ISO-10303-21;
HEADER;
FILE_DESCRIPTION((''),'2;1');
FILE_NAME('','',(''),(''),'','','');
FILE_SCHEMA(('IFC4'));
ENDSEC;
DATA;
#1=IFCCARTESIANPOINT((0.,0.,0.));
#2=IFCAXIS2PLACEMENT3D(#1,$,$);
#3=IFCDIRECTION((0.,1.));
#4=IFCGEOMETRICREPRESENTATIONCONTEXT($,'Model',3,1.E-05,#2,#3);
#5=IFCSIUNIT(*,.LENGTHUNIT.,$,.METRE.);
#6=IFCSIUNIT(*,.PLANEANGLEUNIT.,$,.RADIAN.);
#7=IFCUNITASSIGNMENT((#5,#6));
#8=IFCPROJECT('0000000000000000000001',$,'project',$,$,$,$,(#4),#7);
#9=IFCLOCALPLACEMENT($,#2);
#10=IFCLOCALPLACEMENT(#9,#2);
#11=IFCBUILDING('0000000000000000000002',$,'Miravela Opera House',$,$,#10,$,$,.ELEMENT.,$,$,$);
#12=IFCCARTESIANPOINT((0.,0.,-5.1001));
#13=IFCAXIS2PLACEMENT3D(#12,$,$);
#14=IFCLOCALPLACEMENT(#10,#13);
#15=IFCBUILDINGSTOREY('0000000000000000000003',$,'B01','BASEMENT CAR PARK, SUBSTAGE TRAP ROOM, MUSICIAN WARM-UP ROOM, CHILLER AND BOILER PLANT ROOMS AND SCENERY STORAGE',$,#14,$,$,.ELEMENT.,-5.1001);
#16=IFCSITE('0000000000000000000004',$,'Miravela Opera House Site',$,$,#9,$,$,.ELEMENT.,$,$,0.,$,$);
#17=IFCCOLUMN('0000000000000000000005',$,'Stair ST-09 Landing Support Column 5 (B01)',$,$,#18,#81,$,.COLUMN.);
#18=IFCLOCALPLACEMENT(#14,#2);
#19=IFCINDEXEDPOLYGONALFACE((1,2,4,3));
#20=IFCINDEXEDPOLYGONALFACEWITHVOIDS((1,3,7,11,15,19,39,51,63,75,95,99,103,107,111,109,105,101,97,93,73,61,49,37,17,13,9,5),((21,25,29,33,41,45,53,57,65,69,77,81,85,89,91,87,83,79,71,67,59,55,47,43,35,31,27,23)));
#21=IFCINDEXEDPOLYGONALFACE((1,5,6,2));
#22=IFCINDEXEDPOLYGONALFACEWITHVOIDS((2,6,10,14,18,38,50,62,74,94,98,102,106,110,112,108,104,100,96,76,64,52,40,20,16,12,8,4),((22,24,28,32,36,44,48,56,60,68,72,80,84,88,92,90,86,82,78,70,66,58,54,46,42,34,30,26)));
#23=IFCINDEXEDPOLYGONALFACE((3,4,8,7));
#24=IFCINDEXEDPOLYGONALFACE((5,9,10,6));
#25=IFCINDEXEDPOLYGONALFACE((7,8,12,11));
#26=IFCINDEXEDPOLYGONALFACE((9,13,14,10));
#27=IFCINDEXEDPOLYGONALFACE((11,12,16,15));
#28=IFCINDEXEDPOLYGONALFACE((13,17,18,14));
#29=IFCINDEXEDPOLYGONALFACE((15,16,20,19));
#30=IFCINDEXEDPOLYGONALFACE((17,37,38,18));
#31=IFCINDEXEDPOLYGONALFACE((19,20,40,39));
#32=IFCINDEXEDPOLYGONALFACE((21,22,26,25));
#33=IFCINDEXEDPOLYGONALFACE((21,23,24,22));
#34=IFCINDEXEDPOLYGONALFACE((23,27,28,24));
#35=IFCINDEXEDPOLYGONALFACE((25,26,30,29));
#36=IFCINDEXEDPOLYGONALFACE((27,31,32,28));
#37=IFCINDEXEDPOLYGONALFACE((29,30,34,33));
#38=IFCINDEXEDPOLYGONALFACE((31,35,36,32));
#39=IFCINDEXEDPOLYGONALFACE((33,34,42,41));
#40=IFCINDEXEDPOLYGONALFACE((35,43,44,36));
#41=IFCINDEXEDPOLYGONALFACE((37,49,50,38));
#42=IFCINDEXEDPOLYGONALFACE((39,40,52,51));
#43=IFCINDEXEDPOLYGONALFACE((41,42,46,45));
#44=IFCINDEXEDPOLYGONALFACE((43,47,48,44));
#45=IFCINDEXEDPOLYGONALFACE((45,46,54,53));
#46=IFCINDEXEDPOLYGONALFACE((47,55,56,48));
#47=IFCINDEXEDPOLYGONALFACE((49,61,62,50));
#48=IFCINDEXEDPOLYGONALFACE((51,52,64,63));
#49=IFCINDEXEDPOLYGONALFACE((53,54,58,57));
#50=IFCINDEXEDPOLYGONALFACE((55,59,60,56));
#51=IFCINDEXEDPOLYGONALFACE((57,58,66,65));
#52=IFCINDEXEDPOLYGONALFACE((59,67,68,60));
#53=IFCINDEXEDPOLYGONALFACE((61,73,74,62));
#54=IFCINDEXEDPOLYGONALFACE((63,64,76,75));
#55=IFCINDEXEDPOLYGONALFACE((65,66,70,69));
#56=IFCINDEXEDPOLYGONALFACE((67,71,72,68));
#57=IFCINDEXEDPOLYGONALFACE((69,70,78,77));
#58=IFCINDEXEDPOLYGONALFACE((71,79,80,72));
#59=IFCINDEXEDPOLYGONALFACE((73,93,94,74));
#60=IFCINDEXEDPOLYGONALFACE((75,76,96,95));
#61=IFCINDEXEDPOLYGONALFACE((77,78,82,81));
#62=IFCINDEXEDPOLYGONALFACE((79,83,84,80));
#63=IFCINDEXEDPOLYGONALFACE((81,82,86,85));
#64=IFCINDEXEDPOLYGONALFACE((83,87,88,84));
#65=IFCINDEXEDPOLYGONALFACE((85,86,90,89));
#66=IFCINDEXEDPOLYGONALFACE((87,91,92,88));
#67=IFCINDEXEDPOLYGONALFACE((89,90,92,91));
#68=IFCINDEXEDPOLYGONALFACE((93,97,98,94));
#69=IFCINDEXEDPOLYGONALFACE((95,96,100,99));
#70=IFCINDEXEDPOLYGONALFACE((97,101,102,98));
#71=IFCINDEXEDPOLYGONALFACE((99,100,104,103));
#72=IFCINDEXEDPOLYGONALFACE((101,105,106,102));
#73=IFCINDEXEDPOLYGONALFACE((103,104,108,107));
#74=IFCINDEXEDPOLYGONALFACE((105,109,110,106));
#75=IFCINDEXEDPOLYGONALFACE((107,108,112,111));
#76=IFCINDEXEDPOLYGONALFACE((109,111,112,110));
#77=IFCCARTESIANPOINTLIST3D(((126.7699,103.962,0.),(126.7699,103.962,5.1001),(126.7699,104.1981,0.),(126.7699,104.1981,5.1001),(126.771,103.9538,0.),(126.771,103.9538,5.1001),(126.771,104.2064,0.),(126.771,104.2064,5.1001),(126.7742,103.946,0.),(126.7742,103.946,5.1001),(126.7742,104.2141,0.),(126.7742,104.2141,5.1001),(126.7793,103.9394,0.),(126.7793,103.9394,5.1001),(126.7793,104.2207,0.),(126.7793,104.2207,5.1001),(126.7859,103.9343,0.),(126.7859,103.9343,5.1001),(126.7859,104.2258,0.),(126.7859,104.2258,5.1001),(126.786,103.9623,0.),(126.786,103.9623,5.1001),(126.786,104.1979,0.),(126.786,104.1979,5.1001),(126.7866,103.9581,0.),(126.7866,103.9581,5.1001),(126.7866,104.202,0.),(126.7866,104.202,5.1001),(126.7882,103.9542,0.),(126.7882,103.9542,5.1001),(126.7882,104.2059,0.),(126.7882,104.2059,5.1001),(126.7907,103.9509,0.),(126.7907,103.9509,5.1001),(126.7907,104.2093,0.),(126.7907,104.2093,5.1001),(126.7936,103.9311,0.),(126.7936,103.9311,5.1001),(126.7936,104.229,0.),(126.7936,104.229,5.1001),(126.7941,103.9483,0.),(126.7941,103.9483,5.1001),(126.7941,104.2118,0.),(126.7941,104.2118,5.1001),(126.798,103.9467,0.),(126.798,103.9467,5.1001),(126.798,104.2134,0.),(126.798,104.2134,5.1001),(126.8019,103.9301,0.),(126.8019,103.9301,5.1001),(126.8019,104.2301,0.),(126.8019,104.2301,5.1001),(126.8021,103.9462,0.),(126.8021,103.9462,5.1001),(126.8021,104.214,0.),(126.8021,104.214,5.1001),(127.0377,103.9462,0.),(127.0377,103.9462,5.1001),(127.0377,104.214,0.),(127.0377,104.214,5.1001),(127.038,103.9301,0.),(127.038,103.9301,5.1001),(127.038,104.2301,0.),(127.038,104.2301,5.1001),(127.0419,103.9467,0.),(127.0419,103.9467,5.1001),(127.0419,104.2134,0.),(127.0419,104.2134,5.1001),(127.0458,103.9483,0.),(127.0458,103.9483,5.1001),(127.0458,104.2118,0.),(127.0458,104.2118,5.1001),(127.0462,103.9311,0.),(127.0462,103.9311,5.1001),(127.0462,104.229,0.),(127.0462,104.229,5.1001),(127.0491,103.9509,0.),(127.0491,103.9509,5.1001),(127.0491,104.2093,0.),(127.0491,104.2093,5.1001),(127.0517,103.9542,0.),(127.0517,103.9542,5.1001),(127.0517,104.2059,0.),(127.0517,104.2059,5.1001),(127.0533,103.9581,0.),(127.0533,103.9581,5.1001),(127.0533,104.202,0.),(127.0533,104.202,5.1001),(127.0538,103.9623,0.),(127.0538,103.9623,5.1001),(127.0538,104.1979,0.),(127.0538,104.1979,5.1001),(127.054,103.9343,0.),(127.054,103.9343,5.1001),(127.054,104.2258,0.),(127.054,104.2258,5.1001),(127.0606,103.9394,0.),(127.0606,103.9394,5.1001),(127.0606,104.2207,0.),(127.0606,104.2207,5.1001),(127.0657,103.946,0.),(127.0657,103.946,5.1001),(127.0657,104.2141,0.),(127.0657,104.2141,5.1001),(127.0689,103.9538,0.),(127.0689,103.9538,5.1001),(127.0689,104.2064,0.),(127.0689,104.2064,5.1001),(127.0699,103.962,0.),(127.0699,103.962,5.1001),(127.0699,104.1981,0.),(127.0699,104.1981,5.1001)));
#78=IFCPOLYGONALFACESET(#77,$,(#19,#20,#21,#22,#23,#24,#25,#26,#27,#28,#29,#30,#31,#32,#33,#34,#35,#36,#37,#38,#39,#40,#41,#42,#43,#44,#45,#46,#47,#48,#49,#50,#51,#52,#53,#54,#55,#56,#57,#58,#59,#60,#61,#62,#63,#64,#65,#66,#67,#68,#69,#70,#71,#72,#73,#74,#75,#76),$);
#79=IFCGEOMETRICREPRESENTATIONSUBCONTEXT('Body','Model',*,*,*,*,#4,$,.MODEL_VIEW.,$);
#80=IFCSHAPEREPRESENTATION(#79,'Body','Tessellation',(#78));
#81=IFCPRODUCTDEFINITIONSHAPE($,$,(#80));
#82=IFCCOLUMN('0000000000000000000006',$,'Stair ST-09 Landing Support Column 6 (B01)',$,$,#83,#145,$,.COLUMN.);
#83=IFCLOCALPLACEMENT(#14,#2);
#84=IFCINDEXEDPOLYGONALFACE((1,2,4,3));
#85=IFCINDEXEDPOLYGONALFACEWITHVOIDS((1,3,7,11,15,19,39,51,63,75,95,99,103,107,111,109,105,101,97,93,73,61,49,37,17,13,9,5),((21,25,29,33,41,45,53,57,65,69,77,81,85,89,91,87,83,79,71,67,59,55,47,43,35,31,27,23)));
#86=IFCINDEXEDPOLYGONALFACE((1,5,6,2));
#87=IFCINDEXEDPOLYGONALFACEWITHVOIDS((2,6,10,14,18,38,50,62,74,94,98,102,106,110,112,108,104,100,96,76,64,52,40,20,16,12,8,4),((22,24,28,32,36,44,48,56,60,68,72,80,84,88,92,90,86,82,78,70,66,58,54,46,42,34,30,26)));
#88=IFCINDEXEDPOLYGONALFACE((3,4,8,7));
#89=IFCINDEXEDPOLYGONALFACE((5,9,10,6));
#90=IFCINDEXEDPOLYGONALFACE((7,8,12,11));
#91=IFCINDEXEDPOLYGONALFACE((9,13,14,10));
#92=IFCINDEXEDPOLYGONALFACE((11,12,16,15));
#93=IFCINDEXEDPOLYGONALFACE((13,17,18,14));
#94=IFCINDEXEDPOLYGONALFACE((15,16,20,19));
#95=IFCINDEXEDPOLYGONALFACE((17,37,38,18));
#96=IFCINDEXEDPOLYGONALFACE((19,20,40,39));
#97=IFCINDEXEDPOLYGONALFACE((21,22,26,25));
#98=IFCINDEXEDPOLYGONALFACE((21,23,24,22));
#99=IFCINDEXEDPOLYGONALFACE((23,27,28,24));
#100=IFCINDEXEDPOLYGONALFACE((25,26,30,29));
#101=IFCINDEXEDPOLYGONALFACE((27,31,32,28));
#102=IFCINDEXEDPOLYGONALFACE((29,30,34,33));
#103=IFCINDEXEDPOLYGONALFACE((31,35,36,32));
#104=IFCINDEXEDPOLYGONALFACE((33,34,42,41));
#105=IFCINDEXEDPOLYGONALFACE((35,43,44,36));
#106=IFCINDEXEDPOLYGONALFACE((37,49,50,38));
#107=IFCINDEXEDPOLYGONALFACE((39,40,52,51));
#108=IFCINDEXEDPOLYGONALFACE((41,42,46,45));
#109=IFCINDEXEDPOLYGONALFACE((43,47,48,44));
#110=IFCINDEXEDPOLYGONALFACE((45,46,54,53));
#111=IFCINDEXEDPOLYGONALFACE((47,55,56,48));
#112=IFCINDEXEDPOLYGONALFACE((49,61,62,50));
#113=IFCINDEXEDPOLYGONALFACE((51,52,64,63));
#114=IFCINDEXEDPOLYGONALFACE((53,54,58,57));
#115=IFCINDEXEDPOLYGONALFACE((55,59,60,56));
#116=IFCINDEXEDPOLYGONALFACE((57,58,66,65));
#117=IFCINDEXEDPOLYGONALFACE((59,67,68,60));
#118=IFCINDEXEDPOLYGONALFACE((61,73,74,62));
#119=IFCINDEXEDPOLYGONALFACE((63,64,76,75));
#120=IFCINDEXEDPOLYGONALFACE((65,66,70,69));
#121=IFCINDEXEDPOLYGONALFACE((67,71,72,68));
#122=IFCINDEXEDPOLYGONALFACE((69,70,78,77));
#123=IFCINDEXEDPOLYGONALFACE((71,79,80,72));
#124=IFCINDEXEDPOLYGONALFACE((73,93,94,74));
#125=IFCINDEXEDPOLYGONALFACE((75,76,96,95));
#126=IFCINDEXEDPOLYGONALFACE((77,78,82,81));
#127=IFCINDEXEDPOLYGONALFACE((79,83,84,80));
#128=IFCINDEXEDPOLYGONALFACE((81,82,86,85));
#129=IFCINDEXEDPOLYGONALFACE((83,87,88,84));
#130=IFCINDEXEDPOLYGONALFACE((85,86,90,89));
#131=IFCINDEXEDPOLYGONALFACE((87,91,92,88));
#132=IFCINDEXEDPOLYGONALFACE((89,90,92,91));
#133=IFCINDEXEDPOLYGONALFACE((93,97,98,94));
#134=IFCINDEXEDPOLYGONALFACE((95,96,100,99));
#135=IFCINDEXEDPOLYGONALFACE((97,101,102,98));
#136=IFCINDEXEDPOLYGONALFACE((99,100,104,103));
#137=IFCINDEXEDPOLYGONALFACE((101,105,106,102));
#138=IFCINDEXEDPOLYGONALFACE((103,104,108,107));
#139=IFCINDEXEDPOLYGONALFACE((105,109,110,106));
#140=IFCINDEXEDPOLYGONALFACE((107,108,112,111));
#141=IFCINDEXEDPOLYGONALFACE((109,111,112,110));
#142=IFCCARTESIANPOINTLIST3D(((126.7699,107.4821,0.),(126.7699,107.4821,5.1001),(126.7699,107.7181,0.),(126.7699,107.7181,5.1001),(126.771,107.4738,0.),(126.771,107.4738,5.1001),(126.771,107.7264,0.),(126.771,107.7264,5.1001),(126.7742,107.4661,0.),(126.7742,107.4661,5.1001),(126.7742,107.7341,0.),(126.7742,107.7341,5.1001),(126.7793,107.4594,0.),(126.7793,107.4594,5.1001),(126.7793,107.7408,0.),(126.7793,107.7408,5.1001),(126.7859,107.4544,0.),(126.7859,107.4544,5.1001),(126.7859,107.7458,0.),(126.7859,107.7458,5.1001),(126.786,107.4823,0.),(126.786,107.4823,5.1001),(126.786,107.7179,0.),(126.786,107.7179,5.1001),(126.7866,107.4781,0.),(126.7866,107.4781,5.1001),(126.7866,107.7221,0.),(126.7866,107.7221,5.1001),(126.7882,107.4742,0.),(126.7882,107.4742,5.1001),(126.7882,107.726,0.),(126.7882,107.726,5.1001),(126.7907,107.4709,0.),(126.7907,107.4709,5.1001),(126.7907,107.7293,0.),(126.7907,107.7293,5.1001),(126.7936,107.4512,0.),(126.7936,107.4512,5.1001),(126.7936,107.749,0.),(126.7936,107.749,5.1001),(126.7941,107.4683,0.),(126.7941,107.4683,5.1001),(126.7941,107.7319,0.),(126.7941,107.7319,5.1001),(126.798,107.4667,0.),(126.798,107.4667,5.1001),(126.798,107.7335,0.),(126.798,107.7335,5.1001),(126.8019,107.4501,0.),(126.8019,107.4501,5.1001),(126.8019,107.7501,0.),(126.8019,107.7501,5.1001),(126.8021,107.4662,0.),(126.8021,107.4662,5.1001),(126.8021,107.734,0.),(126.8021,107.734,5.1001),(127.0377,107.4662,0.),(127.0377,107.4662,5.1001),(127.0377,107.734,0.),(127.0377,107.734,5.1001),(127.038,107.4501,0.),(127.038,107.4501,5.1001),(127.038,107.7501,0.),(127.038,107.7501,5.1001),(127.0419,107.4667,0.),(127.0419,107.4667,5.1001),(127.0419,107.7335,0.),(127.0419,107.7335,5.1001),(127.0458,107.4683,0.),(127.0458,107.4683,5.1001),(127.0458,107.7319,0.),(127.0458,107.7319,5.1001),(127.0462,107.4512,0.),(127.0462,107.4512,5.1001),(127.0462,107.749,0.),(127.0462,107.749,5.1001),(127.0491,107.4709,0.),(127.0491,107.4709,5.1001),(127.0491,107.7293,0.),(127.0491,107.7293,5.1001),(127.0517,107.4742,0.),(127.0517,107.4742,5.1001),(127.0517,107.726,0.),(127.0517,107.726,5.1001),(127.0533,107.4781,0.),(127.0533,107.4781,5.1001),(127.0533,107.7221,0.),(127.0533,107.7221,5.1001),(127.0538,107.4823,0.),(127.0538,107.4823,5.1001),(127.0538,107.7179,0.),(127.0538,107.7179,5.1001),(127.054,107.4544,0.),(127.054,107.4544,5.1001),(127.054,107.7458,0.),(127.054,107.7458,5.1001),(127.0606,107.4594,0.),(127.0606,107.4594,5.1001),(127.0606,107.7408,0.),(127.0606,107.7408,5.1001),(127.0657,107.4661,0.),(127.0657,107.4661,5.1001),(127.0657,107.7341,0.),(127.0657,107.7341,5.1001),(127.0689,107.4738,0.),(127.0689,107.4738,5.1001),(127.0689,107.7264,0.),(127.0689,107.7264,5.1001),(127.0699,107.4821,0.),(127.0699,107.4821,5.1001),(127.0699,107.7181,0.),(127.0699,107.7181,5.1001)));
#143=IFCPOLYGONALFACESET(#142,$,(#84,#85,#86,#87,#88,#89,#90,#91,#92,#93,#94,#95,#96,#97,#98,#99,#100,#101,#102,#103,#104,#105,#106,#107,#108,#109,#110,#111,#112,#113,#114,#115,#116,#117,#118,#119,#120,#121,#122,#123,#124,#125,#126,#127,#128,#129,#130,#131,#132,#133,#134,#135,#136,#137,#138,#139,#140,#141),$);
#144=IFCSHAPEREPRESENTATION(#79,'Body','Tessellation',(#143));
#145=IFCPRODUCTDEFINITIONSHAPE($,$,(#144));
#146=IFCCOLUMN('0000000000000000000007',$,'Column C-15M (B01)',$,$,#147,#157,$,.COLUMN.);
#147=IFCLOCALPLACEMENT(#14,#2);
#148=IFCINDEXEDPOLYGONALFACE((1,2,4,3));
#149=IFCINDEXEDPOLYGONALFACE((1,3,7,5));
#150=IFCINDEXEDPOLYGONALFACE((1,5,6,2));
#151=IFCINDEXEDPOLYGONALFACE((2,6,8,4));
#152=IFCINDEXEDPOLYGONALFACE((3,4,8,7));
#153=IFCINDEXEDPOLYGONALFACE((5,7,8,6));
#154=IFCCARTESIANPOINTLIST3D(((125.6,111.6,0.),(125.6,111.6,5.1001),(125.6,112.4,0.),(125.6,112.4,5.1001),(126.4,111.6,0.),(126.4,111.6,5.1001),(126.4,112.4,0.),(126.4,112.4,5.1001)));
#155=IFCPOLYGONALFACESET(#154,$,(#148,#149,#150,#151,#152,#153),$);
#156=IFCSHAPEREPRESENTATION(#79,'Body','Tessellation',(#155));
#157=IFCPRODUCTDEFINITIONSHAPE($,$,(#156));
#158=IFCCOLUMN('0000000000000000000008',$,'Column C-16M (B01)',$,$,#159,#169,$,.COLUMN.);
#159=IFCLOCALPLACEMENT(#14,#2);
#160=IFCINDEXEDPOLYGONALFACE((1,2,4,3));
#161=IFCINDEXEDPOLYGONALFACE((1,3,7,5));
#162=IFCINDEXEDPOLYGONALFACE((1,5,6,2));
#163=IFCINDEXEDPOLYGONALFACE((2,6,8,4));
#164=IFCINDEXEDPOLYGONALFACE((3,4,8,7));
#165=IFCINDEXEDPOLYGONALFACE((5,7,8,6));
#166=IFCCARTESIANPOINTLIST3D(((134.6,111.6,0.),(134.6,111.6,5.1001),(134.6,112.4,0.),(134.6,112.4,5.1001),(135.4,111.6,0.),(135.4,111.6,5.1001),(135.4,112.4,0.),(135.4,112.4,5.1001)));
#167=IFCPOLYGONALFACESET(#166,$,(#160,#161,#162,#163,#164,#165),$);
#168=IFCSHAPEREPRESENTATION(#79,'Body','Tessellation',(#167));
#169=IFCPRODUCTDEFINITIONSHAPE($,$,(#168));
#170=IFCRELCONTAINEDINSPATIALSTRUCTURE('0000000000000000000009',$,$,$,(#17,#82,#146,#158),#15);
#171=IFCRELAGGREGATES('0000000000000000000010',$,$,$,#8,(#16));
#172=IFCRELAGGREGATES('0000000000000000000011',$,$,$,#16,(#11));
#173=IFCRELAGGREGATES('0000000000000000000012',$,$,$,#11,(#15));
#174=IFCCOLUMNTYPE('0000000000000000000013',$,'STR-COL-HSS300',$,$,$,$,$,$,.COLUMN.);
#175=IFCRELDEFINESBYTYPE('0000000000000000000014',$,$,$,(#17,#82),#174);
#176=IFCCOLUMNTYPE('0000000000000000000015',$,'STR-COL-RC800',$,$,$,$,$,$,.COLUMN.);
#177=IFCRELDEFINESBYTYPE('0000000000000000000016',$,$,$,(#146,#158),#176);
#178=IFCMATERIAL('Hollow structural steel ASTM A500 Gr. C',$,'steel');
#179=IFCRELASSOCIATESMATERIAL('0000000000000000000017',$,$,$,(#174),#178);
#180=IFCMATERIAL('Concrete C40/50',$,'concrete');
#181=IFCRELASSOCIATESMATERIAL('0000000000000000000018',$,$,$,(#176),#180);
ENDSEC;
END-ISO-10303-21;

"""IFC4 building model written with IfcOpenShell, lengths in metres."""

from ifc_helpers import new_model, si_unit, direction, frame, origin, origin_2d, place, context, subcontext, project, spatial, rectangle, hollow_rectangle, extrude, material, material_profile, profile_set, type_object, element, save


model = new_model("IFC4")

# Units and contexts
model_context = context("Model", 3, precision=1e-05, world=origin(), true_north=direction((0.0, 1.0)))
body_context = subcontext(model_context, "Body", "Model", "MODEL_VIEW")
ifc_project = project(units=[si_unit("LENGTHUNIT", "METRE"), si_unit("PLANEANGLEUNIT", "RADIAN")], contexts=[model_context])

# Site, building, storey
site_placement = place(None, origin())
site = spatial("IfcSite", under=ifc_project, at=site_placement, Name="Miravela Opera House Site", CompositionType="ELEMENT", RefElevation=0.0)
building_placement = place(site_placement, origin())
building = spatial("IfcBuilding", under=site, at=building_placement, Name="Miravela Opera House", CompositionType="ELEMENT")
storey_placement = place(building_placement, frame((0.0, 0.0, -5.1001)))
storey = spatial("IfcBuildingStorey", under=building, at=storey_placement, Name="B01", Description="BASEMENT CAR PARK, SUBSTAGE TRAP ROOM, MUSICIAN WARM-UP ROOM, CHILLER AND BOILER PLANT ROOMS AND SCENERY STORAGE", CompositionType="ELEMENT", Elevation=-5.1001)

# Columns
ifc_material_1 = material(Name="Hollow structural steel ASTM A500 Gr. C", Category="steel")
ifc_material_profile_1 = material_profile(ifc_material_1, hollow_rectangle(XDim=0.3, YDim=0.3, WallThickness=0.0161, InnerFilletRadius=0.0161, OuterFilletRadius=0.032, at=origin_2d()), Name="HSS300X300X16")
ifc_profile_set_1 = profile_set([ifc_material_profile_1])
column_type_1 = type_object("IfcColumnType", Name="STR-COL-HSS300", PredefinedType="COLUMN", material=ifc_profile_set_1)
for number, where, z_axis, x_axis, name in (
    (1, (126.9199, 104.0801, 0.0), (0.0, 0.0, 1.0), (1.0, 0.0, 0.0), "Stair ST-09 Landing Support Column 5 (B01)"),
    (2, (126.9199, 107.6001, 0.0), (0.0, 0.0, 1.0), (1.0, 0.0, 0.0), "Stair ST-09 Landing Support Column 6 (B01)"),
):
    element("IfcColumn", number, at=place(storey_placement, frame(where, z_axis=z_axis, x_axis=x_axis)), inside=storey, type_object=column_type_1, Name=name, PredefinedType="COLUMN", context=body_context, shape_type="SweptSolid", body=[
        extrude(hollow_rectangle(XDim=0.3, YDim=0.3, WallThickness=0.0161, InnerFilletRadius=0.0161, OuterFilletRadius=0.032, at=origin_2d()), origin(), (0.0, 0.0, 1.0), 5.1001),
    ])
ifc_material_2 = material(Name="Concrete C40/50", Category="concrete")
ifc_material_profile_2 = material_profile(ifc_material_2, rectangle(XDim=0.8, YDim=0.8, at=origin_2d()), Name="RC-COL-800X800")
ifc_profile_set_2 = profile_set([ifc_material_profile_2])
column_type_2 = type_object("IfcColumnType", Name="STR-COL-RC800", PredefinedType="COLUMN", material=ifc_profile_set_2)
for number, where, z_axis, x_axis, name in (
    (3, (126.0, 112.0, 0.0), (0.0, 0.0, 1.0), (1.0, 0.0, 0.0), "Column C-15M (B01)"),
    (4, (135.0, 112.0, 0.0), (0.0, 0.0, 1.0), (1.0, 0.0, 0.0), "Column C-16M (B01)"),
):
    element("IfcColumn", number, at=place(storey_placement, frame(where, z_axis=z_axis, x_axis=x_axis)), inside=storey, type_object=column_type_2, Name=name, PredefinedType="COLUMN", context=body_context, shape_type="SweptSolid", body=[
        extrude(rectangle(XDim=0.8, YDim=0.8, at=origin_2d()), origin(), (0.0, 0.0, 1.0), 5.1001),
    ])

save(model, "model.ifc")
